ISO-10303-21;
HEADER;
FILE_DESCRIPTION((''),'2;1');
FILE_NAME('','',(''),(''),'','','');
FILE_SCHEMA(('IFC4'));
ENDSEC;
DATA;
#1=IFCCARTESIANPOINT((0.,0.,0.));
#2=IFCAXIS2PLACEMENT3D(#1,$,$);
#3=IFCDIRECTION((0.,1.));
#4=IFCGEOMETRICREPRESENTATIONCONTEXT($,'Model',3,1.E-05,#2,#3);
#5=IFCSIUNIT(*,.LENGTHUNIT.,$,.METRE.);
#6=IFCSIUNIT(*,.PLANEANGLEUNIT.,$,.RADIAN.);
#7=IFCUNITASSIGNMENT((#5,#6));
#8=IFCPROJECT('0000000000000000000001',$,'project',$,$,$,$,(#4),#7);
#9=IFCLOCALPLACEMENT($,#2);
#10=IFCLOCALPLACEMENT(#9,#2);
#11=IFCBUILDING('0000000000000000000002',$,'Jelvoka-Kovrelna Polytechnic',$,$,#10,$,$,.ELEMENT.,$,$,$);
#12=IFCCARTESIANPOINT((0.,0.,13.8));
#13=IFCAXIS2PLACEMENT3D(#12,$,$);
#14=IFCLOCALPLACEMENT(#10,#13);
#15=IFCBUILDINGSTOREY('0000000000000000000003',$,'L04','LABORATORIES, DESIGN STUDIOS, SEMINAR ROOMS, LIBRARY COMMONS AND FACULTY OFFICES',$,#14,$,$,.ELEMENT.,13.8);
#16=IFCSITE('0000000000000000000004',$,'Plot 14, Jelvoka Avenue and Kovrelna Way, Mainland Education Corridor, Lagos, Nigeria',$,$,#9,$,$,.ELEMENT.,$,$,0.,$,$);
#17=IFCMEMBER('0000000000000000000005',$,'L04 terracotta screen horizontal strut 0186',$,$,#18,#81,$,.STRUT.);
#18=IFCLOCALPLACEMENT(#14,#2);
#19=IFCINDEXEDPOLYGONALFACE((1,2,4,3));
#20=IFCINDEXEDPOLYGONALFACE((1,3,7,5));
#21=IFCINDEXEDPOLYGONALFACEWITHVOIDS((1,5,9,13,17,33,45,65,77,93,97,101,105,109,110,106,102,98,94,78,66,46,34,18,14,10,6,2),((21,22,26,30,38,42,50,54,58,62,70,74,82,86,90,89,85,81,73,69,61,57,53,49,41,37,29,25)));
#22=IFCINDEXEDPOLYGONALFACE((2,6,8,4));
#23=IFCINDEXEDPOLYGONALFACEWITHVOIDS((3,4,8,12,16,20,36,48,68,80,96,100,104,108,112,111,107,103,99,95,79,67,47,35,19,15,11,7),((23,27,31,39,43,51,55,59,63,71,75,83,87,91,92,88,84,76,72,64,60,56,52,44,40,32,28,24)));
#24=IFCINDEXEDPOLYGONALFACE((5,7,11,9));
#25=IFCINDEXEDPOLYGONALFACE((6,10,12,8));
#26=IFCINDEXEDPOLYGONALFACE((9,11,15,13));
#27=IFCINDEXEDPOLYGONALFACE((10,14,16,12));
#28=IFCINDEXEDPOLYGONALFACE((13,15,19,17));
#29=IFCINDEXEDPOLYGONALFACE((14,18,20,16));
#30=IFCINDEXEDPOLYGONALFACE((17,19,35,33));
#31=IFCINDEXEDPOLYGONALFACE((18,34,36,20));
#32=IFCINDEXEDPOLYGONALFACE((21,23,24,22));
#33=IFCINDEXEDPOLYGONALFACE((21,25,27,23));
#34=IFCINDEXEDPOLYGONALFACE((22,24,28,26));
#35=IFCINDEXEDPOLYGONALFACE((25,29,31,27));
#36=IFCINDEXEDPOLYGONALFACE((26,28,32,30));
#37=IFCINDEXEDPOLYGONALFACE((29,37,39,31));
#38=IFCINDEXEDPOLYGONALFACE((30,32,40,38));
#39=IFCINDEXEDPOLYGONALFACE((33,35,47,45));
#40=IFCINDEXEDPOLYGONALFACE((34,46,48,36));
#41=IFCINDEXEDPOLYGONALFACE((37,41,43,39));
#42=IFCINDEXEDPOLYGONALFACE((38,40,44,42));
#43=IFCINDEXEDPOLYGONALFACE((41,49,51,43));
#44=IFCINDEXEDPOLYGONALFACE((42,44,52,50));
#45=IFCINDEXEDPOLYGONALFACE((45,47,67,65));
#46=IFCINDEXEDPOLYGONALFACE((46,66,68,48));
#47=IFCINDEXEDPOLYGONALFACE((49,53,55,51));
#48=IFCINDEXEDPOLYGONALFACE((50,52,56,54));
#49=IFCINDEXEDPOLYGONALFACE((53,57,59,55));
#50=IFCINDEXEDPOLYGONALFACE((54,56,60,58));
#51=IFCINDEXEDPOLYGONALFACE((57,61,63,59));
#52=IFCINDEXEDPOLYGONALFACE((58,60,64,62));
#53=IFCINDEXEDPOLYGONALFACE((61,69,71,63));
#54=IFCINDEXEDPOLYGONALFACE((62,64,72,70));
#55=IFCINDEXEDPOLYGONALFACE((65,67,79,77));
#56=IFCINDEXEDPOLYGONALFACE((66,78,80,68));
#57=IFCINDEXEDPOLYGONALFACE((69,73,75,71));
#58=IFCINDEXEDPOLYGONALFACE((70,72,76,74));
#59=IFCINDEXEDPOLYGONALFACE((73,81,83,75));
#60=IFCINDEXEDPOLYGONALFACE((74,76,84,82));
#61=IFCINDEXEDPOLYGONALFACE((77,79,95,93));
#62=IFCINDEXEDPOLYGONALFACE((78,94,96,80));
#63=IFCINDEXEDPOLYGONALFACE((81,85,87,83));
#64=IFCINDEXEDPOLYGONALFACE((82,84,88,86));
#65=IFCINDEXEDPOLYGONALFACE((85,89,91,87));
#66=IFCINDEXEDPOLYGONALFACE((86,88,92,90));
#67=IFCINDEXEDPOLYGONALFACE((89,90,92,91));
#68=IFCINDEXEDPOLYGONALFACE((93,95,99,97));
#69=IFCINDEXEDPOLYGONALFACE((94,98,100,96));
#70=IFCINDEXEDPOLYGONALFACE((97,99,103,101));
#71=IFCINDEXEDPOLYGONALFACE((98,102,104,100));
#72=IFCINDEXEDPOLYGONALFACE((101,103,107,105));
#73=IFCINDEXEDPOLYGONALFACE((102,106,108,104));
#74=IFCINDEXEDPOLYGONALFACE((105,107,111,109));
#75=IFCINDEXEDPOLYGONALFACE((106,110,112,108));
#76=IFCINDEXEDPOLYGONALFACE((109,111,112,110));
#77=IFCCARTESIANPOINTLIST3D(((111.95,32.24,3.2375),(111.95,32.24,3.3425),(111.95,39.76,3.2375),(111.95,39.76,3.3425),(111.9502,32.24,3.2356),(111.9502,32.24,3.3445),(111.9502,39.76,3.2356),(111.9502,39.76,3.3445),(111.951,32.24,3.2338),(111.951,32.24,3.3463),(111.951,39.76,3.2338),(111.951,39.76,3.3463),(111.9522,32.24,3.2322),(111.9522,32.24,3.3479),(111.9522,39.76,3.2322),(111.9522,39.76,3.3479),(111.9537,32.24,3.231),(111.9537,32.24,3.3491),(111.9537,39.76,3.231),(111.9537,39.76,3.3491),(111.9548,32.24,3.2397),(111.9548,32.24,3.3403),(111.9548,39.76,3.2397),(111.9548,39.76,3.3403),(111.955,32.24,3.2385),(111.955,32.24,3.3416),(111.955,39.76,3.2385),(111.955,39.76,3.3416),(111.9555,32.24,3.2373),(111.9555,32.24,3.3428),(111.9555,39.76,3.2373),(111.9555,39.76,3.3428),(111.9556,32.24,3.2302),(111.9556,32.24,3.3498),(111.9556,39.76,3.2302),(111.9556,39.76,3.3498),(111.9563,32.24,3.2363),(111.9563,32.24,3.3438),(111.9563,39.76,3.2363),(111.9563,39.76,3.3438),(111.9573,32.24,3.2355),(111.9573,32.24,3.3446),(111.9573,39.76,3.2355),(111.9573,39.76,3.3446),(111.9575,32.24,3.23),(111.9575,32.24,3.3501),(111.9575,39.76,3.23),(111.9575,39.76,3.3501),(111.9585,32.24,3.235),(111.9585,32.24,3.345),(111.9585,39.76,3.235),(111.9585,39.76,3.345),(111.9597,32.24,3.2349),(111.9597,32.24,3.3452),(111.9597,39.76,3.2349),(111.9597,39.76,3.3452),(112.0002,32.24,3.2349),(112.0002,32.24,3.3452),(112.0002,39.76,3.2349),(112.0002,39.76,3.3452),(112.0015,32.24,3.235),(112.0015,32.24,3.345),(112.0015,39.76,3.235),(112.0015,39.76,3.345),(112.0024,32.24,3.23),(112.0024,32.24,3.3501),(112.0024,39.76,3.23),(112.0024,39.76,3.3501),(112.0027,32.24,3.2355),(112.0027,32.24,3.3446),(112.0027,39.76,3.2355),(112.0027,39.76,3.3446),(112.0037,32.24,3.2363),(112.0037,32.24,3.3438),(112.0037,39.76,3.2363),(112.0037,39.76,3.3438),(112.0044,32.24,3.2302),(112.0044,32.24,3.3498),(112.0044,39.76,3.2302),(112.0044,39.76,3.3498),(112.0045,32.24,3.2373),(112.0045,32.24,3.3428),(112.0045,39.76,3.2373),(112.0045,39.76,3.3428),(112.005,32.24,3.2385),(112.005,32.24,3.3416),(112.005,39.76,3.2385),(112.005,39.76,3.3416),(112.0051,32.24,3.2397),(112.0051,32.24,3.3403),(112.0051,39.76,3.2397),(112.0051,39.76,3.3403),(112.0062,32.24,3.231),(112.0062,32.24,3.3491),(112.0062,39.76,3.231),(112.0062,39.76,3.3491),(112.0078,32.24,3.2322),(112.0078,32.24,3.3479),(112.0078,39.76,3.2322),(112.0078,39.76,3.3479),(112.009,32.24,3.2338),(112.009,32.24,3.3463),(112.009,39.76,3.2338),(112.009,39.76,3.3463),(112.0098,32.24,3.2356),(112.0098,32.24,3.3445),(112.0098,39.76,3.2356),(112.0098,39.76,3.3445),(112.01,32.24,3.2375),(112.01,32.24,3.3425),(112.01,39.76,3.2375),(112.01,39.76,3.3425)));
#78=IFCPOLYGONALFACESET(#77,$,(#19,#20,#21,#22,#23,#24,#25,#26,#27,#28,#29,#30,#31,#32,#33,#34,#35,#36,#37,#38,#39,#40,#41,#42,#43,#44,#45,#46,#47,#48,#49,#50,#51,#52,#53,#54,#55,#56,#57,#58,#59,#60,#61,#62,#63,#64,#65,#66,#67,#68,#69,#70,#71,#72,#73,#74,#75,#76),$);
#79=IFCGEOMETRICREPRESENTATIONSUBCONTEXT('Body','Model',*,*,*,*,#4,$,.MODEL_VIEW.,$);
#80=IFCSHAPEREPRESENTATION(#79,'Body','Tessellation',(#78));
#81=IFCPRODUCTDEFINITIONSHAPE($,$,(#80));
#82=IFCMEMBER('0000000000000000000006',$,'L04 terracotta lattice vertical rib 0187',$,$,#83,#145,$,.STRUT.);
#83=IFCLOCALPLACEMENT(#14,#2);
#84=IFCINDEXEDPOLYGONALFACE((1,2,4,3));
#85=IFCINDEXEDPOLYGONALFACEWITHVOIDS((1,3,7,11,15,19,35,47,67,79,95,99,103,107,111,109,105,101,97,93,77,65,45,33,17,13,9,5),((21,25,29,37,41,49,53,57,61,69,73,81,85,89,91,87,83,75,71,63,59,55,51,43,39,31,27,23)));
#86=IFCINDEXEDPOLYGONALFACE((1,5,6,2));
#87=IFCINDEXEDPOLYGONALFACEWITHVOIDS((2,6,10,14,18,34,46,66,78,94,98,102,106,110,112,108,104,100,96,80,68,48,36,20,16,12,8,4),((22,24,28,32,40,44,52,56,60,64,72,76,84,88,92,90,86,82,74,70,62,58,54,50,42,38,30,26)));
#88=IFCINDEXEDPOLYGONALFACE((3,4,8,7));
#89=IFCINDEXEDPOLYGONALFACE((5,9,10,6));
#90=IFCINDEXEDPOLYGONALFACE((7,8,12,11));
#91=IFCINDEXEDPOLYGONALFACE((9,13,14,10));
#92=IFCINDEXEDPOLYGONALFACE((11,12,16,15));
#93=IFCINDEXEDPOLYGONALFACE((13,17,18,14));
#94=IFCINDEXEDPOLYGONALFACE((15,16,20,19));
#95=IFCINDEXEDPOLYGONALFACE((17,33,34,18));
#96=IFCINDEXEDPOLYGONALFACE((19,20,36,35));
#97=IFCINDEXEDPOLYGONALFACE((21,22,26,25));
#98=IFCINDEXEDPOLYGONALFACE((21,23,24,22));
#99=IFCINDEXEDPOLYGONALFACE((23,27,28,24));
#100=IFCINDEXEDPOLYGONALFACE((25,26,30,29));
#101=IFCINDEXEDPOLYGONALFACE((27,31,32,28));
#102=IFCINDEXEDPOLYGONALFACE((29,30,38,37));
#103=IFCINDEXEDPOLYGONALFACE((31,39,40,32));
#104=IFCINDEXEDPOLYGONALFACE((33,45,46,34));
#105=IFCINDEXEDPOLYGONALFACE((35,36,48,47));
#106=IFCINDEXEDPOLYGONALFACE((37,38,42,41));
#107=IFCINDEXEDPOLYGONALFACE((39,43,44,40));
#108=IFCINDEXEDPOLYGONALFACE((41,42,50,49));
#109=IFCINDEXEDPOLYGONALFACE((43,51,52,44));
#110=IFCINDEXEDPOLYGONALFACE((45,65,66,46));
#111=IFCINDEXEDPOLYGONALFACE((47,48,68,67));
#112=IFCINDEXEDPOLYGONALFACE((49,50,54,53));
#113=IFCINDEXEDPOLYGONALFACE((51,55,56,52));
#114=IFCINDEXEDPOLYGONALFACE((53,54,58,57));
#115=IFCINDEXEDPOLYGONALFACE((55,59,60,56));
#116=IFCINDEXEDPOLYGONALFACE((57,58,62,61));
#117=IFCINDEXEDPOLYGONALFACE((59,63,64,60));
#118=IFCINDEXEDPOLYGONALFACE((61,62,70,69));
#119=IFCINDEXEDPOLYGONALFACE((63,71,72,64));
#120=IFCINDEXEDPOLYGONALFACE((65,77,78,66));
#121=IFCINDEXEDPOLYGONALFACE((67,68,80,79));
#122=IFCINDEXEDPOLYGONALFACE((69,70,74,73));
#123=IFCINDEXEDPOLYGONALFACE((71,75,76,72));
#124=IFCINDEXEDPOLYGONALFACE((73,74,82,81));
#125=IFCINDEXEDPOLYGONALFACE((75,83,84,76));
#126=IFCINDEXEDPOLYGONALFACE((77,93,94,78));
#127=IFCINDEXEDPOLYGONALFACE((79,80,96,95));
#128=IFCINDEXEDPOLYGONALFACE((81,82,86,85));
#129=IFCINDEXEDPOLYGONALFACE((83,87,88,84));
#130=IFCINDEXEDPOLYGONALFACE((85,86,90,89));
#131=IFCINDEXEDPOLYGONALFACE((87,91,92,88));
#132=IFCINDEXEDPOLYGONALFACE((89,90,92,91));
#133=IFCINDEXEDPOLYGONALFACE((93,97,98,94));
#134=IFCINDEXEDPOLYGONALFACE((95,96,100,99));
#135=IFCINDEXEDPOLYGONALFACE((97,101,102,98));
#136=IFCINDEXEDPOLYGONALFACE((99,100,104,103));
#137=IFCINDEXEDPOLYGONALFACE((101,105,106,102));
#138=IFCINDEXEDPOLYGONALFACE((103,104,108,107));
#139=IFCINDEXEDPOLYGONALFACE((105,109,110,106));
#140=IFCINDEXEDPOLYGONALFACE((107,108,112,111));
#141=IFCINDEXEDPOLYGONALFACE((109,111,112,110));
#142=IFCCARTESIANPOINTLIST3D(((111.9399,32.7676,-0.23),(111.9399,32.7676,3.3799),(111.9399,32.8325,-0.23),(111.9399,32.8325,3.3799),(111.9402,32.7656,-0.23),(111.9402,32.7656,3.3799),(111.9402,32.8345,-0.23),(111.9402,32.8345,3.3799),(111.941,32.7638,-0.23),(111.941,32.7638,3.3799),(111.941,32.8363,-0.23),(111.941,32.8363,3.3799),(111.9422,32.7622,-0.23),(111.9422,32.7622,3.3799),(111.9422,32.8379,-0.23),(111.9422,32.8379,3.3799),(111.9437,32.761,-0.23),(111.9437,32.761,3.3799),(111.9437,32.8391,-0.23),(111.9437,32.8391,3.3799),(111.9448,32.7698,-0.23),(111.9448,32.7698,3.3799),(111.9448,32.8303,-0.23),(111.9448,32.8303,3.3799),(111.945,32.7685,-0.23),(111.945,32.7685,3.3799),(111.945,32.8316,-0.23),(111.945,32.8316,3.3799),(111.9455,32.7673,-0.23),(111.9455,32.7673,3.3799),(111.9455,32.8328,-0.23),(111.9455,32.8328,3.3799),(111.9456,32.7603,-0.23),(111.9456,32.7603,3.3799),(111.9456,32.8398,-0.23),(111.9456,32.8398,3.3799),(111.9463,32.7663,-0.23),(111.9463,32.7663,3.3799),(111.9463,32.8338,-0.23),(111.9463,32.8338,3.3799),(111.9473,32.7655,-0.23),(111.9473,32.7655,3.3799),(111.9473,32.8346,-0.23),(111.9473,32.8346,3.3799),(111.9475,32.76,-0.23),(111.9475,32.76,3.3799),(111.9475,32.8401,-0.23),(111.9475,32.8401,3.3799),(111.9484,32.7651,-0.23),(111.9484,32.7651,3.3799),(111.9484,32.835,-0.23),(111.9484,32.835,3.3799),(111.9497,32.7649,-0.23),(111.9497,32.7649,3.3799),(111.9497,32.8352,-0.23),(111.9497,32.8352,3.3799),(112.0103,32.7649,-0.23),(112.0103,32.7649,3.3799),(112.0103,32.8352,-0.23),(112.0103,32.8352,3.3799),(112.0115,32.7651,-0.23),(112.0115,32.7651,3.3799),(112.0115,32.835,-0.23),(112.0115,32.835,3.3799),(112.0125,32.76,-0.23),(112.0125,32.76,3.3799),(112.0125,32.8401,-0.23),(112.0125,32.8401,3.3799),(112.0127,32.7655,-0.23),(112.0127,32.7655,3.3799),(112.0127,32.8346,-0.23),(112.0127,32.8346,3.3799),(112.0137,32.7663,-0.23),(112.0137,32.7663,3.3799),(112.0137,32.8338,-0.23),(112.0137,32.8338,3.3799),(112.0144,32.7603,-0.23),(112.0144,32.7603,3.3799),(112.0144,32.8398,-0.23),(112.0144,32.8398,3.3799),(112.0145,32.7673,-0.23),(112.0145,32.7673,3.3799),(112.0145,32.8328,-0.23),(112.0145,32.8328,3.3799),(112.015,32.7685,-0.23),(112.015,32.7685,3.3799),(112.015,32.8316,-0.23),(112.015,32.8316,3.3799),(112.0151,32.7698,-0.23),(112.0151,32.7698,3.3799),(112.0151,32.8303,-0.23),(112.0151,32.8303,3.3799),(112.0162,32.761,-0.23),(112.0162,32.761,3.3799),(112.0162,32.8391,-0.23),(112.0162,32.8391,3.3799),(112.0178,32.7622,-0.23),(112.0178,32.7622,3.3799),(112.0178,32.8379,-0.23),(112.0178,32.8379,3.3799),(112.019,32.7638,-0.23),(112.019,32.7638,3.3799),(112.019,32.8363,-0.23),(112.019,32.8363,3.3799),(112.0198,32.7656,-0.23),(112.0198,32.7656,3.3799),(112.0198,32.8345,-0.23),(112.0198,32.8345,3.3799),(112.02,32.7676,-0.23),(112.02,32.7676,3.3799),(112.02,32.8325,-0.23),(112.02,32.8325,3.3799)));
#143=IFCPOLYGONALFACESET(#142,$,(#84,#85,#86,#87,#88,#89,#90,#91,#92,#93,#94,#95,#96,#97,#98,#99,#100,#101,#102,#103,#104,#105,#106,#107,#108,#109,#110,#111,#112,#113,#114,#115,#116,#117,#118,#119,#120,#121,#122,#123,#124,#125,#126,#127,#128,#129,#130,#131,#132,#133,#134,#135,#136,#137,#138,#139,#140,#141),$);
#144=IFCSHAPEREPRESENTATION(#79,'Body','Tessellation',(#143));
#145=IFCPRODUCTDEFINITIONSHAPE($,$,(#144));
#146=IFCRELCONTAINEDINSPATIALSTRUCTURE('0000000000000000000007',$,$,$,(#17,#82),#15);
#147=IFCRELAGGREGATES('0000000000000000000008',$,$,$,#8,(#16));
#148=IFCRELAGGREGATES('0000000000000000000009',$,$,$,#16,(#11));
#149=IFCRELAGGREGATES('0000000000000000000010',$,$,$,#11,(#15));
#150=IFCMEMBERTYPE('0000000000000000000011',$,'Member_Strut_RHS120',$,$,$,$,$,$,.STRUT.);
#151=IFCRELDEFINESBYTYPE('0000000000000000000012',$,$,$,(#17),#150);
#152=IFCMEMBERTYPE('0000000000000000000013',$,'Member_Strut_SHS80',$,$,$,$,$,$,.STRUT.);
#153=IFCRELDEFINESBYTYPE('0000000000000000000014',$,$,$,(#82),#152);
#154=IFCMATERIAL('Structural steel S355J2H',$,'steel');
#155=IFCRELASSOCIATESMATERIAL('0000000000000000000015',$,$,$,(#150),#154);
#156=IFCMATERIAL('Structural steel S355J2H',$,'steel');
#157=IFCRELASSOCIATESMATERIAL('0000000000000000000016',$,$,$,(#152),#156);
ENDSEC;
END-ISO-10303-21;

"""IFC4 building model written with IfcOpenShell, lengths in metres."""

from ifc_helpers import new_model, si_unit, direction, frame, origin, origin_2d, place, context, subcontext, project, spatial, hollow_rectangle, extrude, material, material_profile, profile_set, type_object, element, save


model = new_model("IFC4")

# Units and contexts
model_context = context("Model", 3, precision=1e-05, world=origin(), true_north=direction((0.0, 1.0)))
body_context = subcontext(model_context, "Body", "Model", "MODEL_VIEW")
ifc_project = project(units=[si_unit("LENGTHUNIT", "METRE"), si_unit("PLANEANGLEUNIT", "RADIAN")], contexts=[model_context])

# Site, building, storey
site_placement = place(None, origin())
site = spatial("IfcSite", under=ifc_project, at=site_placement, Name="Plot 14, Jelvoka Avenue and Kovrelna Way, Mainland Education Corridor, Lagos, Nigeria", CompositionType="ELEMENT", RefElevation=0.0)
building_placement = place(site_placement, origin())
building = spatial("IfcBuilding", under=site, at=building_placement, Name="Jelvoka-Kovrelna Polytechnic", CompositionType="ELEMENT")
storey_placement = place(building_placement, frame((0.0, 0.0, 13.8)))
storey = spatial("IfcBuildingStorey", under=building, at=storey_placement, Name="L04", Description="LABORATORIES, DESIGN STUDIOS, SEMINAR ROOMS, LIBRARY COMMONS AND FACULTY OFFICES", CompositionType="ELEMENT", Elevation=13.8)

# Members
ifc_material_1 = material(Name="Structural steel S355J2H", Category="steel")
ifc_material_profile_1 = material_profile(ifc_material_1, hollow_rectangle(XDim=0.0601, YDim=0.1201, WallThickness=0.0049, InnerFilletRadius=0.0049, OuterFilletRadius=0.0076, at=origin_2d()), Name="120x60x5.0 RHS")
ifc_profile_set_1 = profile_set([ifc_material_profile_1], Name="Structural steel S355J2H")
member_type_1 = type_object("IfcMemberType", Name="Member_Strut_RHS120", PredefinedType="STRUT", material=ifc_profile_set_1)
for number, where, z_axis, x_axis, name in (
    (1, (111.98, 32.24, 3.29), (0.0, 1.0, 0.0), (-1.0, 0.0, 0.0), "L04 terracotta screen horizontal strut 0186"),
):
    element("IfcMember", number, at=place(storey_placement, frame(where, z_axis=z_axis, x_axis=x_axis)), inside=storey, type_object=member_type_1, Name=name, PredefinedType="STRUT", context=body_context, shape_type="SweptSolid", body=[
        extrude(hollow_rectangle(XDim=0.0601, YDim=0.1201, WallThickness=0.0049, InnerFilletRadius=0.0049, OuterFilletRadius=0.0076, at=origin_2d()), origin(), (0.0, 0.0, 1.0), 7.52),
    ])
ifc_material_2 = material(Name="Structural steel S355J2H", Category="steel")
ifc_material_profile_2 = material_profile(ifc_material_2, hollow_rectangle(XDim=0.0801, YDim=0.0801, WallThickness=0.0049, InnerFilletRadius=0.0049, OuterFilletRadius=0.0076, at=origin_2d()), Name="80x80x5.0 SHS")
ifc_profile_set_2 = profile_set([ifc_material_profile_2], Name="Structural steel S355J2H")
member_type_2 = type_object("IfcMemberType", Name="Member_Strut_SHS80", PredefinedType="STRUT", material=ifc_profile_set_2)
for number, where, z_axis, x_axis, name in (
    (2, (111.98, 32.8, -0.23), (0.0, 0.0, 1.0), (1.0, 0.0, 0.0), "L04 terracotta lattice vertical rib 0187"),
):
    element("IfcMember", number, at=place(storey_placement, frame(where, z_axis=z_axis, x_axis=x_axis)), inside=storey, type_object=member_type_2, Name=name, PredefinedType="STRUT", context=body_context, shape_type="SweptSolid", body=[
        extrude(hollow_rectangle(XDim=0.0801, YDim=0.0801, WallThickness=0.0049, InnerFilletRadius=0.0049, OuterFilletRadius=0.0076, at=origin_2d()), origin(), (0.0, 0.0, 1.0), 3.6099),
    ])

save(model, "model.ifc")
